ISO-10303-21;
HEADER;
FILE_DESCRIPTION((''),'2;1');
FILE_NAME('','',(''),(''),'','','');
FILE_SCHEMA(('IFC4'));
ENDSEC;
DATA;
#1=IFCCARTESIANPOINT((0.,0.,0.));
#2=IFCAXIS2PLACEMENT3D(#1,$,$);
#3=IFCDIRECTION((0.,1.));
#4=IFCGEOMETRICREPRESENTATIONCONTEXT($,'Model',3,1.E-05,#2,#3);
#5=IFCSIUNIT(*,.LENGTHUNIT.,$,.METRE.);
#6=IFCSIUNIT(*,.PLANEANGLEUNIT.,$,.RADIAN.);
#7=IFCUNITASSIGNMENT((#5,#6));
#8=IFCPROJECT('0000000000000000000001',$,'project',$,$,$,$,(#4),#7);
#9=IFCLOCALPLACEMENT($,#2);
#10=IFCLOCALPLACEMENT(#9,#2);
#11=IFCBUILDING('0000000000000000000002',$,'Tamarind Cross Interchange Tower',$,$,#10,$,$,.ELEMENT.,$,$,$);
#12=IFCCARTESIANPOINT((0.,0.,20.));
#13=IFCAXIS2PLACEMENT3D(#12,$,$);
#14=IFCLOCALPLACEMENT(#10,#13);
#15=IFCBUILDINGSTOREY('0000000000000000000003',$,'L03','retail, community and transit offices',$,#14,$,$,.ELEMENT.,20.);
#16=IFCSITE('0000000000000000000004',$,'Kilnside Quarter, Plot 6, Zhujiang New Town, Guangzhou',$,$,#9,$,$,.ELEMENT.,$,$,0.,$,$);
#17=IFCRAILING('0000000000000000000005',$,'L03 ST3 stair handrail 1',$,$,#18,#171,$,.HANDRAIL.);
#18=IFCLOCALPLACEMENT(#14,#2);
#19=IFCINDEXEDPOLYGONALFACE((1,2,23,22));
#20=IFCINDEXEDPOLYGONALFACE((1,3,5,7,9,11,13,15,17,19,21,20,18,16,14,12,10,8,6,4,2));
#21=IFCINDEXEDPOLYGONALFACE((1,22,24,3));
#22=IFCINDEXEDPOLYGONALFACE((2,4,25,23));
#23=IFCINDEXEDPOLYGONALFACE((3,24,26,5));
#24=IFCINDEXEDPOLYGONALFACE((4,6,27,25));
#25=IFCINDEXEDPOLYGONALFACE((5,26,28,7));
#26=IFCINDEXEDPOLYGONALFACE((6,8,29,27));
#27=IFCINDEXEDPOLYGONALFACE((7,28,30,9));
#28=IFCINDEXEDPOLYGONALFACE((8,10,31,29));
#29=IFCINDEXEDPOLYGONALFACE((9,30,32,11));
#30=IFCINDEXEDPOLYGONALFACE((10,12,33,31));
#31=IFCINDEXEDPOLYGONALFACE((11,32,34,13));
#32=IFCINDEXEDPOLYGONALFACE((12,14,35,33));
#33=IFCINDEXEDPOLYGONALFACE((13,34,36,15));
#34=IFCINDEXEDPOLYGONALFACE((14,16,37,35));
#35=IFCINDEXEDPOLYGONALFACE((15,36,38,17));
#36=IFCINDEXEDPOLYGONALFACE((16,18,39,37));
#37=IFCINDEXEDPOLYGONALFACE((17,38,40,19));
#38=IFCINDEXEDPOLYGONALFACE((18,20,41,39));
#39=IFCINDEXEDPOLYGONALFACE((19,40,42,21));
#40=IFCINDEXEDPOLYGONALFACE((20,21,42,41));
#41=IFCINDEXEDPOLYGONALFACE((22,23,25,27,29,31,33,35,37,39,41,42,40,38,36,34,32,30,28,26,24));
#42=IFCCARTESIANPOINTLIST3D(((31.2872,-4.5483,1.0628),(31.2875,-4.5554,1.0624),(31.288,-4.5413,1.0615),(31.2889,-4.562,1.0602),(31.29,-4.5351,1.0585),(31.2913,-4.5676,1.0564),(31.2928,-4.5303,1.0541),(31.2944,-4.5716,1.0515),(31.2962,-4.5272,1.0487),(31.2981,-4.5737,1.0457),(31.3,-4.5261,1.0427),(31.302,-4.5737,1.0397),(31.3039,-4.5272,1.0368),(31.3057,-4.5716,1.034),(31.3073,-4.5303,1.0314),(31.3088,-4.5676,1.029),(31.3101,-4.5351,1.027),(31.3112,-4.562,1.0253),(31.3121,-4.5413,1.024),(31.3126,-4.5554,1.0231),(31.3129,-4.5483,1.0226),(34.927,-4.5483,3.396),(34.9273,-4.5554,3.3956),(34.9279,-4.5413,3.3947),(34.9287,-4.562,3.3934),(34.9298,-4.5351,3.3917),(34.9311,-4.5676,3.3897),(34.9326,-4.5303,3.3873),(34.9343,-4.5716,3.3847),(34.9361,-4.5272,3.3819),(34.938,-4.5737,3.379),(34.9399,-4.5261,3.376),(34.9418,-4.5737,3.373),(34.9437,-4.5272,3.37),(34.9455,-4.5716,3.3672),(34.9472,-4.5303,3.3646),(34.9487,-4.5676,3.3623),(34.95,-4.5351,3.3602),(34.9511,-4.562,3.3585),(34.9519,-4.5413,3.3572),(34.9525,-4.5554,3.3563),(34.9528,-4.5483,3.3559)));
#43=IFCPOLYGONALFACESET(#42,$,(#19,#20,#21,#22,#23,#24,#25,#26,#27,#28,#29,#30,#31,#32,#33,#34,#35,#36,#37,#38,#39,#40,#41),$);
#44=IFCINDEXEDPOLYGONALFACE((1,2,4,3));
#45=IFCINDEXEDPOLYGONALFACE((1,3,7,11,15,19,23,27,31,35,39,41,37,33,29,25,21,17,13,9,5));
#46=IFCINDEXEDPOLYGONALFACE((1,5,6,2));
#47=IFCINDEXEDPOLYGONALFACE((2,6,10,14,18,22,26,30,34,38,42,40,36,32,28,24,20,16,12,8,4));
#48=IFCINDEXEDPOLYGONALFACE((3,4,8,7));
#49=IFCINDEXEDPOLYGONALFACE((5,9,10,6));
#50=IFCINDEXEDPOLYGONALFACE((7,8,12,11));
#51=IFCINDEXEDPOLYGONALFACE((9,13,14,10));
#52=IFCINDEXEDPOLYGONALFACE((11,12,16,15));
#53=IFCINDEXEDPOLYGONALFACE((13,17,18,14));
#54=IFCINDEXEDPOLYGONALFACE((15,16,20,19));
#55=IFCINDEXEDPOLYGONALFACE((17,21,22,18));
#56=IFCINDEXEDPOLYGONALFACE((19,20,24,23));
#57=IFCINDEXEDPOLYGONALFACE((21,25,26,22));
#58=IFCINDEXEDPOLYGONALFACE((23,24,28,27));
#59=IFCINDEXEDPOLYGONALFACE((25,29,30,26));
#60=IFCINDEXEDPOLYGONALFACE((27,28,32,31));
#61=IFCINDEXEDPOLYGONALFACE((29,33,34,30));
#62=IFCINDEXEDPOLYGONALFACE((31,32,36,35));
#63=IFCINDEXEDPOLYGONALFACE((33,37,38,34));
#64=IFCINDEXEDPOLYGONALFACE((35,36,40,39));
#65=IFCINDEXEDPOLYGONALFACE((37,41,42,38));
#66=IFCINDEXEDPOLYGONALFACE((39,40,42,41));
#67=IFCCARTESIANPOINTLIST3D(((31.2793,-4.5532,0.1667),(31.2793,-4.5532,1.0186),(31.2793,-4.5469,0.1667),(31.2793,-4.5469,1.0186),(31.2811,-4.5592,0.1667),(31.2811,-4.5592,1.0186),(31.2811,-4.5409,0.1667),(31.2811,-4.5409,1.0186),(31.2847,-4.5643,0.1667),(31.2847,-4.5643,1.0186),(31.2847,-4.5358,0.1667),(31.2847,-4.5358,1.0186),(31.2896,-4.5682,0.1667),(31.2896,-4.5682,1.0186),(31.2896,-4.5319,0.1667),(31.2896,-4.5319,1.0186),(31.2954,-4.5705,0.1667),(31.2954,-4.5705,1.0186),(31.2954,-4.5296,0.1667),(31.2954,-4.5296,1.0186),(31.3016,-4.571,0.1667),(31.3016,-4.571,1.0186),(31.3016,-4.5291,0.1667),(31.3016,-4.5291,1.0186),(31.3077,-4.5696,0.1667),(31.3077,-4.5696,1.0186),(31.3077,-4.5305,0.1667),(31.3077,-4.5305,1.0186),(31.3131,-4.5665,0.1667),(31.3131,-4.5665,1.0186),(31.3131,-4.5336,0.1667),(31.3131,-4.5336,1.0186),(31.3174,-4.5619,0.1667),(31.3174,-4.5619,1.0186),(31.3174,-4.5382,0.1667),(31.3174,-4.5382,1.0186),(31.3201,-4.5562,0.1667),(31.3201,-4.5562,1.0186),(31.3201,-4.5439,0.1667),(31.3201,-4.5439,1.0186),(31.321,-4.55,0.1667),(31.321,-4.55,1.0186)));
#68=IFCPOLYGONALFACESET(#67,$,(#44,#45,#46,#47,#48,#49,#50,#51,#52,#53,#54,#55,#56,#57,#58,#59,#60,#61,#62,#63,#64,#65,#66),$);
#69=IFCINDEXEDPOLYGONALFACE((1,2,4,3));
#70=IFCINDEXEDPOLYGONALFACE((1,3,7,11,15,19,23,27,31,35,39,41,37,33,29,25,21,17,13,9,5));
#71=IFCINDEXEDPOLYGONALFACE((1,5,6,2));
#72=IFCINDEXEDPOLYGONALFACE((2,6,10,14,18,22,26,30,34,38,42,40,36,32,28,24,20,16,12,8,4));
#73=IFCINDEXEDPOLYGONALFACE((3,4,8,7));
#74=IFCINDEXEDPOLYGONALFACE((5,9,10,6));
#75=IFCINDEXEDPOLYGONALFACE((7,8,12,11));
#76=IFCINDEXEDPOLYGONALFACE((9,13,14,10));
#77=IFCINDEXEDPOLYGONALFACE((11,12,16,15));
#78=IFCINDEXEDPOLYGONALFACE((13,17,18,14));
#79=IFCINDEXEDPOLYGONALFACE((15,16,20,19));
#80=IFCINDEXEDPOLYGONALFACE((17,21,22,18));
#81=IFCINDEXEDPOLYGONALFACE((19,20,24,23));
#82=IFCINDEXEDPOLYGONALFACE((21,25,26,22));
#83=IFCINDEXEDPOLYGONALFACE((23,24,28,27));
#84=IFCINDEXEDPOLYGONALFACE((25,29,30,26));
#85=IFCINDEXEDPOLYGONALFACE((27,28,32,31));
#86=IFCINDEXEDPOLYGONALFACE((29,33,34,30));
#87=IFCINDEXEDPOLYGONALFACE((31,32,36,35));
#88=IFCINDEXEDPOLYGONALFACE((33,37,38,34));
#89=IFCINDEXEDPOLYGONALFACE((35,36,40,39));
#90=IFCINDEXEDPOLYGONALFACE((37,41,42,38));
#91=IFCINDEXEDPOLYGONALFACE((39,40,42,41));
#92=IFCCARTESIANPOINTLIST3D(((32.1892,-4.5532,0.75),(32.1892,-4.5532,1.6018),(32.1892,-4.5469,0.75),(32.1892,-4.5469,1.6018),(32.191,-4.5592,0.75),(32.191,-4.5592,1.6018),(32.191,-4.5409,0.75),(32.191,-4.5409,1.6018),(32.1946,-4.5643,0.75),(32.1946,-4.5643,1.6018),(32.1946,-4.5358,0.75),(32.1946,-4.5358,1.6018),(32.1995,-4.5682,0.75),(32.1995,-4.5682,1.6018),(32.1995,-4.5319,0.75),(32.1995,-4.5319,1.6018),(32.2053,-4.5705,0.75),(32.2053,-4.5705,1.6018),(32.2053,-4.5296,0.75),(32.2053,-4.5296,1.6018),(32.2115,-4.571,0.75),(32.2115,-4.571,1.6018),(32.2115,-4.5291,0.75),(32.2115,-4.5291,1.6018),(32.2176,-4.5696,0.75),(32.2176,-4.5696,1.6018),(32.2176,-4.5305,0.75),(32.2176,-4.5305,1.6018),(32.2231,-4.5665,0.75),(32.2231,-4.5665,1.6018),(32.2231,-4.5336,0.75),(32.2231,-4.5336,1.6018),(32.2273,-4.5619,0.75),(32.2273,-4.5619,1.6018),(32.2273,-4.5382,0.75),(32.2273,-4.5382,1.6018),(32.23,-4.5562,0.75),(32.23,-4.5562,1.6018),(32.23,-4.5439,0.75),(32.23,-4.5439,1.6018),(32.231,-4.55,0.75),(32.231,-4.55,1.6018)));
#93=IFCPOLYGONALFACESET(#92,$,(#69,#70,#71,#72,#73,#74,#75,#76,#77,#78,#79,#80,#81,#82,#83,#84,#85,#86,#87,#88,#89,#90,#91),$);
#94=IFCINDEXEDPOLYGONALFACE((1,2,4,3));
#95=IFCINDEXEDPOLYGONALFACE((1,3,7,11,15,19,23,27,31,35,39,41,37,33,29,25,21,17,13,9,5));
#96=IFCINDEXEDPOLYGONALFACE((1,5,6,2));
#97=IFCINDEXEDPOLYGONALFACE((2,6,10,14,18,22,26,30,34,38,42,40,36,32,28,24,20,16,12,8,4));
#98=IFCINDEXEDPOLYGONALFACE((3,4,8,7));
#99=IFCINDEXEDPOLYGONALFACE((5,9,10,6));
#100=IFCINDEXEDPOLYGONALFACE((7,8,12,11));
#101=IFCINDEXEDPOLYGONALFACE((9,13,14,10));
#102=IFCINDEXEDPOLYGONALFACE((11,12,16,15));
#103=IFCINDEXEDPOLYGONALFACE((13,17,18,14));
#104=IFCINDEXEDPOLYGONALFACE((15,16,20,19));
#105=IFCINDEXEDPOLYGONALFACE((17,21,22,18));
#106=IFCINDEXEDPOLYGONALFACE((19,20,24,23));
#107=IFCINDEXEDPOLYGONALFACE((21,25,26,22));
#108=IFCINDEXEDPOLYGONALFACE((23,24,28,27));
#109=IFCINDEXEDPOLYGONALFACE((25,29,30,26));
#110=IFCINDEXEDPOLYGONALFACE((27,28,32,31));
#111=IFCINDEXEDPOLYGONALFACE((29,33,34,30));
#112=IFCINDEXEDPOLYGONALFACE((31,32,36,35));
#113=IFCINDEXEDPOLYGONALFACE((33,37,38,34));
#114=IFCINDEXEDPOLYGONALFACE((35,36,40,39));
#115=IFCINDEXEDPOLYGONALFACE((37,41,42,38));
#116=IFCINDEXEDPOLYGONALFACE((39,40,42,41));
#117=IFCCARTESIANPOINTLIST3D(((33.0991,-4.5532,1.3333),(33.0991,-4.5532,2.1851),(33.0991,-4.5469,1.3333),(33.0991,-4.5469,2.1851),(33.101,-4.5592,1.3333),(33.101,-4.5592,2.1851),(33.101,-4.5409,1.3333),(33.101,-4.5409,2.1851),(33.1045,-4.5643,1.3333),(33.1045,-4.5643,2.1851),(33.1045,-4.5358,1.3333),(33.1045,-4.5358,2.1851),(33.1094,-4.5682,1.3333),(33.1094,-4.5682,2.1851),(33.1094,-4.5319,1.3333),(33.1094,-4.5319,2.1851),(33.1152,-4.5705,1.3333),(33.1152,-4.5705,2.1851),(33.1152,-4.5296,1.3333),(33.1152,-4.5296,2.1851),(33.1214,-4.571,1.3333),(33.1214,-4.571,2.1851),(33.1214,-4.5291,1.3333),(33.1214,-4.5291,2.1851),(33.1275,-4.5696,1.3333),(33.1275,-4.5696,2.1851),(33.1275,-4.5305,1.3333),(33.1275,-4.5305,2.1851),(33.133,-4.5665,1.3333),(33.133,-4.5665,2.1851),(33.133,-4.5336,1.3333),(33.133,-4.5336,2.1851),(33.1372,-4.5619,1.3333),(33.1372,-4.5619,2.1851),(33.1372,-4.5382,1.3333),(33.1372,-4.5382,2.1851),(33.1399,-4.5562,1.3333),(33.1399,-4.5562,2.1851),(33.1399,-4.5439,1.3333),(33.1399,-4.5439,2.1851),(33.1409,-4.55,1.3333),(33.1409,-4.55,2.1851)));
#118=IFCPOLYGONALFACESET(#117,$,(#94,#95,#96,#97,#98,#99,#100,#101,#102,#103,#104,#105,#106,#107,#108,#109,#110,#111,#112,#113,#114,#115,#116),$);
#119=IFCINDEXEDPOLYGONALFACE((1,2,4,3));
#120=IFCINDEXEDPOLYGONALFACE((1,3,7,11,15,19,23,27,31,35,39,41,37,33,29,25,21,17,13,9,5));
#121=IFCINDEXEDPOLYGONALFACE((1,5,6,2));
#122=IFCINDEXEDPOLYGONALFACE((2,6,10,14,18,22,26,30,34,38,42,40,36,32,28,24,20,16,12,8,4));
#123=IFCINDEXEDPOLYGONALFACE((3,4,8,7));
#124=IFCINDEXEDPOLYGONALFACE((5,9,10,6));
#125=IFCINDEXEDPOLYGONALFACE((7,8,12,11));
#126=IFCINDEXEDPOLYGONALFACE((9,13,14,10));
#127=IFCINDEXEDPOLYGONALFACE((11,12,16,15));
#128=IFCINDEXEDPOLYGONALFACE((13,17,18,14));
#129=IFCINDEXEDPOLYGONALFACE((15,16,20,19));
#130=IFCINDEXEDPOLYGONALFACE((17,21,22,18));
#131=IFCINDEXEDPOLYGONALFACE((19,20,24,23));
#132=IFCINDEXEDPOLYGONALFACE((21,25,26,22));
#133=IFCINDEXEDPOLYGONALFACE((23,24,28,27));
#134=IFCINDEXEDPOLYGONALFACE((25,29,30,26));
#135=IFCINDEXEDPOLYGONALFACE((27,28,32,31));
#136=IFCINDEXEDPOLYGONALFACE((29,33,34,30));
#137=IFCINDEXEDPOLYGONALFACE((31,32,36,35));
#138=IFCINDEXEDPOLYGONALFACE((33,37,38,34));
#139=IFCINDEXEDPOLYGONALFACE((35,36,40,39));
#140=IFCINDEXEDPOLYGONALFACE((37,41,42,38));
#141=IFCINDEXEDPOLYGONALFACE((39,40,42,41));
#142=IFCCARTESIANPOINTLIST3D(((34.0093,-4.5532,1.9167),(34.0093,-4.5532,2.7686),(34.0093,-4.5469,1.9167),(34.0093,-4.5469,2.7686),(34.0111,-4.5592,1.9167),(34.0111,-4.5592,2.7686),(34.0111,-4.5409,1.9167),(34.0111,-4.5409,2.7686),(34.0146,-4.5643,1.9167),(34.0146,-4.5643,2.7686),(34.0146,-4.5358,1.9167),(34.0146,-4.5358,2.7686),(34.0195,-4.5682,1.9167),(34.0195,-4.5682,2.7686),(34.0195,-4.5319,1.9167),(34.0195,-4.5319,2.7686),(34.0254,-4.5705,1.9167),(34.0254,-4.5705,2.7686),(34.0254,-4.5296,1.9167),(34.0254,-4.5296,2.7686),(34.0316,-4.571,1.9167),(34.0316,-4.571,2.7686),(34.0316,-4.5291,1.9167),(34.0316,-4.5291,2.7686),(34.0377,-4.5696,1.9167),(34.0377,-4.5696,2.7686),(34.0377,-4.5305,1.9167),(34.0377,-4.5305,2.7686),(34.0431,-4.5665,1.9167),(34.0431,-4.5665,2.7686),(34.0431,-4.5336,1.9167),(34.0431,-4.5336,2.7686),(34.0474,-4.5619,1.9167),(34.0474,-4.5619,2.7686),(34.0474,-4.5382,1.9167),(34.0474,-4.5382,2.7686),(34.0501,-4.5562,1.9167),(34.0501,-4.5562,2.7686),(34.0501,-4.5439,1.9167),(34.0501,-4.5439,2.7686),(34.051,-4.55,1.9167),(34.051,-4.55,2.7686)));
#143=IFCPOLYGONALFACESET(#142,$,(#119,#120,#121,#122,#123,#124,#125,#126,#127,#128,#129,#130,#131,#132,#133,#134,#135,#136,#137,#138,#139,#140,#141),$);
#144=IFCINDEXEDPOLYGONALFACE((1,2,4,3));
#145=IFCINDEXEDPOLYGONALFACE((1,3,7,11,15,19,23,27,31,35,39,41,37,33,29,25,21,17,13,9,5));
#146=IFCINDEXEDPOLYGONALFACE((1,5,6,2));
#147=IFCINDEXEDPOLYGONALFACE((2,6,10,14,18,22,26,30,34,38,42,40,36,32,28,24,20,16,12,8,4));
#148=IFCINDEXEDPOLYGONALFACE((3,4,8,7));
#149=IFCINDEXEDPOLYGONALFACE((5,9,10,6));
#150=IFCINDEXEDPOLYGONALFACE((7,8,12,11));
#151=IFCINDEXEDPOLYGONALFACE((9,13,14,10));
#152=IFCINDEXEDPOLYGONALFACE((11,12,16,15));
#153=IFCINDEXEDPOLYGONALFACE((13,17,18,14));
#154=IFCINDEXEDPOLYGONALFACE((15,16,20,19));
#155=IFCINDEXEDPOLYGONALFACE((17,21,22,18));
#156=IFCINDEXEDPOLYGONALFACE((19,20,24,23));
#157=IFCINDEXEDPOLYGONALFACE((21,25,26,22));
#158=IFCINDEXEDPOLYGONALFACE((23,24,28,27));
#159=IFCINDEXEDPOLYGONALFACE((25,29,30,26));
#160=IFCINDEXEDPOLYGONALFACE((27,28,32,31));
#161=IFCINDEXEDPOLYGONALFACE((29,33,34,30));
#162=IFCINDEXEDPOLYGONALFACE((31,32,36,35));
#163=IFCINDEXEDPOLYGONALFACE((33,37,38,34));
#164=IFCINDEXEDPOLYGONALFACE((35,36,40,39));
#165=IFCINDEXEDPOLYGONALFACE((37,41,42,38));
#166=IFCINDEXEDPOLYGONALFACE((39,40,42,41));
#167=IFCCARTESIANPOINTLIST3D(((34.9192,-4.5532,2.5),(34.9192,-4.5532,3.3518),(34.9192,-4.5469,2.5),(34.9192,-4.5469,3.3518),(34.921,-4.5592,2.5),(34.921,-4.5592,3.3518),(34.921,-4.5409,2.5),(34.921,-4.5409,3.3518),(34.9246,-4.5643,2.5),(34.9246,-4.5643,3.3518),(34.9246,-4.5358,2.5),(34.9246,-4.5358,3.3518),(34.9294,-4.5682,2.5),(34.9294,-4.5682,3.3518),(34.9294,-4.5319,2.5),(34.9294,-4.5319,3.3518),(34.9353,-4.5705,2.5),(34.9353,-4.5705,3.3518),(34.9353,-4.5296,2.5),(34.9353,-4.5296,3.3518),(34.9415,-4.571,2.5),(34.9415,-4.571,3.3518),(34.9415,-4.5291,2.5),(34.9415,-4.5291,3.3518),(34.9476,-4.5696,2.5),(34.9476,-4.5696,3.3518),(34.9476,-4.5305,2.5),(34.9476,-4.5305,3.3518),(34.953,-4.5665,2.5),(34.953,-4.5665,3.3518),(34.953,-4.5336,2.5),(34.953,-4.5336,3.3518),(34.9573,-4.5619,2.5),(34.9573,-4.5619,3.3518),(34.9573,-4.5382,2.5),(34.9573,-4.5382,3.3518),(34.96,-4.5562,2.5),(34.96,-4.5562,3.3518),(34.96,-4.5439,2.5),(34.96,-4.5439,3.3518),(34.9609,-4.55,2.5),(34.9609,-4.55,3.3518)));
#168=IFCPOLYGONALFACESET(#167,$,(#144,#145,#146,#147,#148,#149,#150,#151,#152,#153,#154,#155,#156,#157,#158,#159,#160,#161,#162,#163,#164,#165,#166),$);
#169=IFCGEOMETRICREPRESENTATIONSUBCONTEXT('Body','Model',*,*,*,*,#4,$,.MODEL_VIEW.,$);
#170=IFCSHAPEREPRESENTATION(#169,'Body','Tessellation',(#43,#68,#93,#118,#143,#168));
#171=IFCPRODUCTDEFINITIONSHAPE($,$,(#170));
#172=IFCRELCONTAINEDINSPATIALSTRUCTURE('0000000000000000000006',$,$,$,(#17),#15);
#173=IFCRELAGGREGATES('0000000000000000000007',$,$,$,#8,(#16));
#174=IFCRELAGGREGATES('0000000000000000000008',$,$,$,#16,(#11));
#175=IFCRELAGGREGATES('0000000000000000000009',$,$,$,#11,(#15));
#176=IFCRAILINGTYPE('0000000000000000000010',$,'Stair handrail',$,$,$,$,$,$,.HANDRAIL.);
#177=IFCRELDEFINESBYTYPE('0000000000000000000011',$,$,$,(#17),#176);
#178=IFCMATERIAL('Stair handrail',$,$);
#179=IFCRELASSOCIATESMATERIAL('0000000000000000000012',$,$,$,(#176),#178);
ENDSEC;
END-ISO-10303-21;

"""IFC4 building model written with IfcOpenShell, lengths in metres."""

from ifc_helpers import new_model, si_unit, direction, frame, origin, origin_2d, place, context, subcontext, project, spatial, circle, extrude, material, type_object, element, save


model = new_model("IFC4")

# Units and contexts
model_context = context("Model", 3, precision=1e-05, world=origin(), true_north=direction((0.0, 1.0)))
body_context = subcontext(model_context, "Body", "Model", "MODEL_VIEW")
ifc_project = project(units=[si_unit("LENGTHUNIT", "METRE"), si_unit("PLANEANGLEUNIT", "RADIAN")], contexts=[model_context])

# Site, building, storey
site_placement = place(None, origin())
site = spatial("IfcSite", under=ifc_project, at=site_placement, Name="Kilnside Quarter, Plot 6, Zhujiang New Town, Guangzhou", CompositionType="ELEMENT", RefElevation=0.0)
building_placement = place(site_placement, origin())
building = spatial("IfcBuilding", under=site, at=building_placement, Name="Tamarind Cross Interchange Tower", CompositionType="ELEMENT")
storey_placement = place(building_placement, frame((0.0, 0.0, 20.0)))
storey = spatial("IfcBuildingStorey", under=building, at=storey_placement, Name="L03", Description="retail, community and transit offices", CompositionType="ELEMENT", Elevation=20.0)

# Railing
ifc_material_1 = material(Name="Stair handrail")
railing_type_1 = type_object("IfcRailingType", Name="Stair handrail", PredefinedType="HANDRAIL", material=ifc_material_1)
railing_1_placement = place(storey_placement, frame((31.3, -4.55, 0.1667)))
element("IfcRailing", 1, at=railing_1_placement, inside=storey, type_object=railing_type_1, Name="L03 ST3 stair handrail 1", PredefinedType="HANDRAIL", context=body_context, shape_type="SweptSolid", body=[
    extrude(circle(Radius=0.0239, at=origin_2d()), frame((0.0, 0.0, 0.876), z_axis=(0.84188, 0.0, 0.539664), x_axis=(0.0, 1.0, 0.0)), (0.0, 0.0, 1.0), 4.3235),
    extrude(circle(Radius=0.021, at=origin_2d()), origin(), (0.0, 0.0, 1.0), 0.8518),
    extrude(circle(Radius=0.021, at=origin_2d()), frame((0.9099, 0.0, 0.5833)), (0.0, 0.0, 1.0), 0.8518),
    extrude(circle(Radius=0.021, at=origin_2d()), frame((1.8198, 0.0, 1.1665)), (0.0, 0.0, 1.0), 0.8518),
    extrude(circle(Radius=0.021, at=origin_2d()), frame((2.73, 0.0, 1.75)), (0.0, 0.0, 1.0), 0.8518),
    extrude(circle(Radius=0.021, at=origin_2d()), frame((3.6399, 0.0, 2.3333)), (0.0, 0.0, 1.0), 0.8518),
])

save(model, "model.ifc")
